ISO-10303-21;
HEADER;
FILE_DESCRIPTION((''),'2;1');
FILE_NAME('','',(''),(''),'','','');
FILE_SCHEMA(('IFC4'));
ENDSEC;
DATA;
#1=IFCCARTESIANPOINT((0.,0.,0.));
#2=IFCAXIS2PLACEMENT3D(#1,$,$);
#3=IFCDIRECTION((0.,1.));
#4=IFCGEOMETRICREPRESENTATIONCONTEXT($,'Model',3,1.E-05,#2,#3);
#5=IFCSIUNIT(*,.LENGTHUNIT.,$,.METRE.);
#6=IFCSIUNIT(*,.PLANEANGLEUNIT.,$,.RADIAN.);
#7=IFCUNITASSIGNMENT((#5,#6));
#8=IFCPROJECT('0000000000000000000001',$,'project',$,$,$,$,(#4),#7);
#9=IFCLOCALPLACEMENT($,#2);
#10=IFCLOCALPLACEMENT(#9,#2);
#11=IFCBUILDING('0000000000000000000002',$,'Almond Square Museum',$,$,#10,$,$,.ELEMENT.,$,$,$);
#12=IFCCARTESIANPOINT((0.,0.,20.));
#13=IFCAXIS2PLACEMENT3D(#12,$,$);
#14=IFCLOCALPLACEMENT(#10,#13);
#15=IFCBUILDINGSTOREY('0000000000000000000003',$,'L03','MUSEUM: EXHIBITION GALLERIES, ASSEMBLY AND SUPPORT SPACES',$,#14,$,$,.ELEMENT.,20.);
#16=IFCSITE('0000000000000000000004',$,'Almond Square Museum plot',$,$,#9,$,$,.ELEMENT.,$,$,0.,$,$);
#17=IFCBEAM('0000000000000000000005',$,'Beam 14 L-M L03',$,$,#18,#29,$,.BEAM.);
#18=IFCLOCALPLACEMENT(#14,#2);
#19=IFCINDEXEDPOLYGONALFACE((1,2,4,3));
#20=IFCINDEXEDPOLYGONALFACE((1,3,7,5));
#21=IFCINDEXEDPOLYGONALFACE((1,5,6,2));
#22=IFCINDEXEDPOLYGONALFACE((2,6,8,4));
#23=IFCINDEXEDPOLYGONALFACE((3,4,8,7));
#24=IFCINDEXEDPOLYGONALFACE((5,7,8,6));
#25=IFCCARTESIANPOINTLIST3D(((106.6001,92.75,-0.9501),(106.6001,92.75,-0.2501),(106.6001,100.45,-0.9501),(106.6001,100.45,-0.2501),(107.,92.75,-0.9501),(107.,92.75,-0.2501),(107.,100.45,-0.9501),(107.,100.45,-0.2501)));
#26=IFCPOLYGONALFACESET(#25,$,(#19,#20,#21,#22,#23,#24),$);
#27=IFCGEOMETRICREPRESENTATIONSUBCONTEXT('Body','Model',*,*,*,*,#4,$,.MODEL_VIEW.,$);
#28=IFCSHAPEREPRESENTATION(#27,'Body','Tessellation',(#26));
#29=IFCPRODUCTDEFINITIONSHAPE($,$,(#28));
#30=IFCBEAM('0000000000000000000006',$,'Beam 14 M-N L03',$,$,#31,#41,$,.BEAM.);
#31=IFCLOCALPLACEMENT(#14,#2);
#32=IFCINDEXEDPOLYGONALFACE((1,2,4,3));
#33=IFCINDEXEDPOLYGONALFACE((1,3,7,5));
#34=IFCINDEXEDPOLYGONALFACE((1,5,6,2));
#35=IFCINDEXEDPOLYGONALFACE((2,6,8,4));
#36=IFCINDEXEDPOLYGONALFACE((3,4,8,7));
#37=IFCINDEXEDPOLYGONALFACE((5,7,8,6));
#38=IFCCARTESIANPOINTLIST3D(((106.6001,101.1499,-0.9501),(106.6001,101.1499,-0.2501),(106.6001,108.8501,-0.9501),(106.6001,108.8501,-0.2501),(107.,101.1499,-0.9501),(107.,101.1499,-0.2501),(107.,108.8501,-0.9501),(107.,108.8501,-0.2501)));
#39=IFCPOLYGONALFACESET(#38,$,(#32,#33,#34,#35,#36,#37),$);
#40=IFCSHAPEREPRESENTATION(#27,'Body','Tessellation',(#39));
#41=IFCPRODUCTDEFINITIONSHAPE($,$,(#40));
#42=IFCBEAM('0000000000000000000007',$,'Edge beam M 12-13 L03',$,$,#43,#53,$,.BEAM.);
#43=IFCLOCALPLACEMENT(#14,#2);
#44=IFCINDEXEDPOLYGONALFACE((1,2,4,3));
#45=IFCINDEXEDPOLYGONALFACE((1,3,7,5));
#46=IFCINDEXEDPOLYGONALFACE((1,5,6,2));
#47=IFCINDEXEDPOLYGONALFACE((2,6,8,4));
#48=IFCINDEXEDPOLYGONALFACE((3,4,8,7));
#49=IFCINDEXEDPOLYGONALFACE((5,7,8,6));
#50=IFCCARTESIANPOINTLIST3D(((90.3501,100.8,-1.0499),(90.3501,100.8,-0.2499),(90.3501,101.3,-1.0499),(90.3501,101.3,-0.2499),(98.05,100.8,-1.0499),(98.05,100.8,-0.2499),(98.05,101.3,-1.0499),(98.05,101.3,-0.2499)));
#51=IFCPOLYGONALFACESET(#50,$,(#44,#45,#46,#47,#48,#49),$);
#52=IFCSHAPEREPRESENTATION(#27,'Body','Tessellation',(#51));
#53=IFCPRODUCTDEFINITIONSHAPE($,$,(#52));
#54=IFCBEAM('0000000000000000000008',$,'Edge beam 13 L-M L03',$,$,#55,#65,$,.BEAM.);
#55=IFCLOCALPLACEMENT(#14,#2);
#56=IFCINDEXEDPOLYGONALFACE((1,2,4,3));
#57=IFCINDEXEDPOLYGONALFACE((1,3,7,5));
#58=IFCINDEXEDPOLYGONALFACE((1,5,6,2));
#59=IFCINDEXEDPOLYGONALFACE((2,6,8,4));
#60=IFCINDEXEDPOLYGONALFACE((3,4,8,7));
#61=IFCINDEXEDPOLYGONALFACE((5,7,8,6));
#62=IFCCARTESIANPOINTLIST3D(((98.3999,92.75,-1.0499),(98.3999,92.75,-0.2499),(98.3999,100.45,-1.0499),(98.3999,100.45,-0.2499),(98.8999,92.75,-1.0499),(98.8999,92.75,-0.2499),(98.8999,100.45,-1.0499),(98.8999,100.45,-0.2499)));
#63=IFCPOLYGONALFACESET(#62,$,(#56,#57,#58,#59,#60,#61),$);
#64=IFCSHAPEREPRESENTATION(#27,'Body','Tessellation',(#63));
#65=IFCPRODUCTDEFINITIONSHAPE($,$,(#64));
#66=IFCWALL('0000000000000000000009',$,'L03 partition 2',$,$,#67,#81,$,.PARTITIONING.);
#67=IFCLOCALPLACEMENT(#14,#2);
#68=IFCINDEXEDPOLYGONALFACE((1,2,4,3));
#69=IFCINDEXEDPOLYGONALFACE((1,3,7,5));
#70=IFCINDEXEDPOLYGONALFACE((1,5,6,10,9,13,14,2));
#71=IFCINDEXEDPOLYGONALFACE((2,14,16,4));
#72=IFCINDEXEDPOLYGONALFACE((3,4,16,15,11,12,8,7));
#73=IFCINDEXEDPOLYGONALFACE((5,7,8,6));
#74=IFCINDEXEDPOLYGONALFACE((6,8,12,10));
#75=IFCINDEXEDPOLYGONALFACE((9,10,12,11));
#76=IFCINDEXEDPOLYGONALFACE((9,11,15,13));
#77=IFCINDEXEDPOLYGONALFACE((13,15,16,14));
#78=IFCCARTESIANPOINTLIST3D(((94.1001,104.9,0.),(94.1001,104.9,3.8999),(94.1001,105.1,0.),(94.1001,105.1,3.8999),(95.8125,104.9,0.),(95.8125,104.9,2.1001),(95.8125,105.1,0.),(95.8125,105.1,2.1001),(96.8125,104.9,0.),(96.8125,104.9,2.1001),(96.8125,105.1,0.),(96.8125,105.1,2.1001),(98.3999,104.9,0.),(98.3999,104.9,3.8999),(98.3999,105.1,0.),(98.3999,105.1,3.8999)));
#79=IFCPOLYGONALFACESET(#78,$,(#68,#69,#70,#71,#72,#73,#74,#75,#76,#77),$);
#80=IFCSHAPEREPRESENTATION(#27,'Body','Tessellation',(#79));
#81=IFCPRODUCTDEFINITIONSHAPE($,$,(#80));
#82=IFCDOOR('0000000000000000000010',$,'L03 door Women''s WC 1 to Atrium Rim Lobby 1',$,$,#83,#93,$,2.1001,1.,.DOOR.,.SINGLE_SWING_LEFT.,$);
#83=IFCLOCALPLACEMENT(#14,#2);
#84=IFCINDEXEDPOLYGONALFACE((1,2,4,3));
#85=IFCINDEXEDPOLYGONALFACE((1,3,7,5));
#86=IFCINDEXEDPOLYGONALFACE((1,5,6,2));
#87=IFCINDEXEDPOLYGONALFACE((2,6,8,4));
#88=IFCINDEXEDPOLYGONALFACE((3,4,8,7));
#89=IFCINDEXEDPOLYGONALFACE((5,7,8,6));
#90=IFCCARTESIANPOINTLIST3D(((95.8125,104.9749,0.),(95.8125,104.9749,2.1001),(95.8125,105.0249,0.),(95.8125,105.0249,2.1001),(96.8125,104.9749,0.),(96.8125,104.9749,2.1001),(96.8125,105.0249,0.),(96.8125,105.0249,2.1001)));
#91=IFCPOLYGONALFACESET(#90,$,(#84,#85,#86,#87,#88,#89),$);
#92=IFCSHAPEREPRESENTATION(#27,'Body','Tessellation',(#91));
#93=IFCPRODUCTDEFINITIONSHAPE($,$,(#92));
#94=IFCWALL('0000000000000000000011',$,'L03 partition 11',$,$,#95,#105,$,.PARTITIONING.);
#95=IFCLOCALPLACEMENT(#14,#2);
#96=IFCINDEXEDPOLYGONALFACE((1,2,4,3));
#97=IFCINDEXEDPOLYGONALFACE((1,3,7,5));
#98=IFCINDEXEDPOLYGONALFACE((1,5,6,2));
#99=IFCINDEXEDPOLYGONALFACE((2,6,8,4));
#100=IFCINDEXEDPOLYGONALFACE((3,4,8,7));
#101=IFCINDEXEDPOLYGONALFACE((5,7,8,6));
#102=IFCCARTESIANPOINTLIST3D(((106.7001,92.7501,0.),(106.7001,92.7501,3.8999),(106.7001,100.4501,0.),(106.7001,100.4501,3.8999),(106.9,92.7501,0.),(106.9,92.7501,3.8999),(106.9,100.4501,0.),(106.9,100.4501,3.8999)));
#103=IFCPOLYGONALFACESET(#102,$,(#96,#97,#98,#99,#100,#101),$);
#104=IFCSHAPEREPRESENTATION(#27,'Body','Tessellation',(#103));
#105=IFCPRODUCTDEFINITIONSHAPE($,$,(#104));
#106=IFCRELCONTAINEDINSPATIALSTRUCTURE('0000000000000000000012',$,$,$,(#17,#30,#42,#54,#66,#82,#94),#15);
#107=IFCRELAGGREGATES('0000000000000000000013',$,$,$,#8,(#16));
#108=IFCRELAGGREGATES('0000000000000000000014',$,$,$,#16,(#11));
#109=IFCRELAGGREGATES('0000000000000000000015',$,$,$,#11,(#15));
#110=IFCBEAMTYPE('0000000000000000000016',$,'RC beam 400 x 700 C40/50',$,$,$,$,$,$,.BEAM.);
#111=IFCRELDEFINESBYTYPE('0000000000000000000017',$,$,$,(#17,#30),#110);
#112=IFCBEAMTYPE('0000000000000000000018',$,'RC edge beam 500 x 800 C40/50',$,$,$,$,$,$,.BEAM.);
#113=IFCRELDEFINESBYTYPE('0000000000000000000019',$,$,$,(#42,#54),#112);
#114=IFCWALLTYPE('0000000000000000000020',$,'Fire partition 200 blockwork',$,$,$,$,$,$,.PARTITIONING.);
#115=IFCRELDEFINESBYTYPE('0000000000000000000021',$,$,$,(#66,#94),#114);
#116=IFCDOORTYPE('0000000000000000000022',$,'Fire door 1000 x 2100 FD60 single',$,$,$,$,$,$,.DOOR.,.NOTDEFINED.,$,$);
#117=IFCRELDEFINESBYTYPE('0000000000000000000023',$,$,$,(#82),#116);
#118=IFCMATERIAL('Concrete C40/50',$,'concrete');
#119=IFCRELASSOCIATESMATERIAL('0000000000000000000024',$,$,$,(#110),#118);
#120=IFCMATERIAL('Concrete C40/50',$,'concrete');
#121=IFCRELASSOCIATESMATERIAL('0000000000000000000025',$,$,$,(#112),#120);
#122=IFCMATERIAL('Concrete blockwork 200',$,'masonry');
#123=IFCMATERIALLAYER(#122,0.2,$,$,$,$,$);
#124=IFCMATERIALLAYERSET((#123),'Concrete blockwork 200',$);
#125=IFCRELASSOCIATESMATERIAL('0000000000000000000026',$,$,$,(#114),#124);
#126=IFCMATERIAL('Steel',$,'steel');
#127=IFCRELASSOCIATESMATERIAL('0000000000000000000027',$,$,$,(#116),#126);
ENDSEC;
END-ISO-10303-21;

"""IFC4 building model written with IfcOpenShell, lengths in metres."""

from ifc_helpers import new_model, si_unit, direction, frame, frame_2d, origin, origin_2d, place, context, subcontext, project, spatial, rectangle, extrude, material, layer, layer_set, material_profile, profile_set, type_object, element, fill, save


model = new_model("IFC4")

# Units and contexts
model_context = context("Model", 3, precision=1e-05, world=origin(), true_north=direction((0.0, 1.0)))
body_context = subcontext(model_context, "Body", "Model", "MODEL_VIEW")
ifc_project = project(units=[si_unit("LENGTHUNIT", "METRE"), si_unit("PLANEANGLEUNIT", "RADIAN")], contexts=[model_context])

# Site, building, storey
site_placement = place(None, origin())
site = spatial("IfcSite", under=ifc_project, at=site_placement, Name="Almond Square Museum plot", CompositionType="ELEMENT", RefElevation=0.0)
building_placement = place(site_placement, origin())
building = spatial("IfcBuilding", under=site, at=building_placement, Name="Almond Square Museum", CompositionType="ELEMENT")
storey_placement = place(building_placement, frame((0.0, 0.0, 20.0)))
storey = spatial("IfcBuildingStorey", under=building, at=storey_placement, Name="L03", Description="MUSEUM: EXHIBITION GALLERIES, ASSEMBLY AND SUPPORT SPACES", CompositionType="ELEMENT", Elevation=20.0)

# Beams
ifc_material_1 = material(Name="Concrete C40/50", Category="concrete")
ifc_material_profile_1 = material_profile(ifc_material_1, rectangle(XDim=0.3999, YDim=0.7, at=origin_2d()))
ifc_profile_set_1 = profile_set([ifc_material_profile_1], Name="Concrete C40/50")
beam_type_1 = type_object("IfcBeamType", Name="RC beam 400 x 700 C40/50", PredefinedType="BEAM", material=ifc_profile_set_1)
beam_1_placement = place(storey_placement, frame((106.8, 92.75, -0.6001), z_axis=(0.0, 1.0, 0.0), x_axis=(-1.0, 0.0, 0.0)))
element("IfcBeam", 1, at=beam_1_placement, inside=storey, type_object=beam_type_1, Name="Beam 14 L-M L03", PredefinedType="BEAM", context=body_context, shape_type="SweptSolid", body=[
    extrude(rectangle(XDim=0.3999, YDim=0.7, at=origin_2d()), origin(), (0.0, 0.0, 1.0), 7.7),
])
beam_2_placement = place(storey_placement, frame((106.8, 101.1499, -0.6001), z_axis=(0.0, 1.0, 0.0), x_axis=(-1.0, 0.0, 0.0)))
element("IfcBeam", 2, at=beam_2_placement, inside=storey, type_object=beam_type_1, Name="Beam 14 M-N L03", PredefinedType="BEAM", context=body_context, shape_type="SweptSolid", body=[
    extrude(rectangle(XDim=0.3999, YDim=0.7, at=origin_2d()), origin(), (0.0, 0.0, 1.0), 7.7002),
])
ifc_material_2 = material(Name="Concrete C40/50", Category="concrete")
ifc_material_profile_2 = material_profile(ifc_material_2, rectangle(XDim=0.5, YDim=0.8, at=origin_2d()))
ifc_profile_set_2 = profile_set([ifc_material_profile_2], Name="Concrete C40/50")
beam_type_2 = type_object("IfcBeamType", Name="RC edge beam 500 x 800 C40/50", PredefinedType="BEAM", material=ifc_profile_set_2)
for number, where, z_axis, x_axis, name in (
    (3, (90.3501, 101.05, -0.6499), (1.0, 0.0, 0.0), (0.0, 1.0, 0.0), "Edge beam M 12-13 L03"),
    (4, (98.6499, 92.75, -0.6499), (0.0, 1.0, 0.0), (-1.0, 0.0, 0.0), "Edge beam 13 L-M L03"),
):
    element("IfcBeam", number, at=place(storey_placement, frame(where, z_axis=z_axis, x_axis=x_axis)), inside=storey, type_object=beam_type_2, Name=name, PredefinedType="BEAM", context=body_context, shape_type="SweptSolid", body=[
        extrude(rectangle(XDim=0.5, YDim=0.8, at=origin_2d()), origin(), (0.0, 0.0, 1.0), 7.7),
    ])

# Wall, opening, door
ifc_material_3 = material(Name="Concrete blockwork 200", Category="masonry")
ifc_layer = layer(ifc_material_3, 0.2)
ifc_layer_set = layer_set([ifc_layer], Name="Concrete blockwork 200")
wall_type = type_object("IfcWallType", Name="Fire partition 200 blockwork", PredefinedType="PARTITIONING", material=ifc_layer_set)
wall_1_placement = place(storey_placement, frame((94.1001, 105.0, 0.0), z_axis=(0.0, 0.0, 1.0), x_axis=(1.0, 0.0, 0.0)))
wall_1 = element("IfcWall", 5, at=wall_1_placement, inside=storey, type_object=wall_type, Name="L03 partition 2", PredefinedType="PARTITIONING", context=body_context, shape_type="SweptSolid", body=[
    extrude(rectangle(XDim=4.2998, YDim=0.2, at=frame_2d((2.1499, 0.0))), origin(), (0.0, 0.0, 1.0), 3.8999),
])
opening_1_placement = place(wall_1_placement, frame((1.7124, 0.0, 0.0)))
opening_1 = element("IfcOpeningElement", 6, at=opening_1_placement, cuts=wall_1, PredefinedType="OPENING", context=body_context, shape_type="SweptSolid", body=[
    extrude(rectangle(XDim=1.0, YDim=2.1001, at=frame_2d((0.5, 1.05))), frame((0.0, 0.1099, 0.0), z_axis=(0.0, -1.0, 0.0), x_axis=(1.0, 0.0, 0.0)), (0.0, 0.0, 1.0), 0.22),
])
ifc_material_4 = material(Name="Steel", Category="steel")
door_type_1 = type_object("IfcDoorType", Name="Fire door 1000 x 2100 FD60 single", OperationType="NOTDEFINED", PredefinedType="DOOR", material=ifc_material_4)
door_1_placement = place(opening_1_placement, origin())
door_1 = element("IfcDoor", 7, at=door_1_placement, inside=storey, type_object=door_type_1, Name="L03 door Women's WC 1 to Atrium Rim Lobby 1", OperationType="SINGLE_SWING_LEFT", OverallHeight=2.1001, OverallWidth=1.0, PredefinedType="DOOR", context=body_context, shape_type="SweptSolid", body=[
    extrude(rectangle(XDim=1.0, YDim=2.1001, at=frame_2d((0.5, 1.05))), frame((0.0, 0.0249, 0.0), z_axis=(0.0, -1.0, 0.0), x_axis=(1.0, 0.0, 0.0)), (0.0, 0.0, 1.0), 0.05),
])
fill(opening_1, door_1)

# Wall
wall_2_placement = place(storey_placement, frame((106.8, 92.75, 0.0), z_axis=(0.0, 0.0, 1.0), x_axis=(0.0, 1.0, 0.0)))
element("IfcWall", 8, at=wall_2_placement, inside=storey, type_object=wall_type, Name="L03 partition 11", PredefinedType="PARTITIONING", context=body_context, shape_type="SweptSolid", body=[
    extrude(rectangle(XDim=7.7, YDim=0.2, at=frame_2d((3.8501, 0.0))), origin(), (0.0, 0.0, 1.0), 3.8999),
])

save(model, "model.ifc")
